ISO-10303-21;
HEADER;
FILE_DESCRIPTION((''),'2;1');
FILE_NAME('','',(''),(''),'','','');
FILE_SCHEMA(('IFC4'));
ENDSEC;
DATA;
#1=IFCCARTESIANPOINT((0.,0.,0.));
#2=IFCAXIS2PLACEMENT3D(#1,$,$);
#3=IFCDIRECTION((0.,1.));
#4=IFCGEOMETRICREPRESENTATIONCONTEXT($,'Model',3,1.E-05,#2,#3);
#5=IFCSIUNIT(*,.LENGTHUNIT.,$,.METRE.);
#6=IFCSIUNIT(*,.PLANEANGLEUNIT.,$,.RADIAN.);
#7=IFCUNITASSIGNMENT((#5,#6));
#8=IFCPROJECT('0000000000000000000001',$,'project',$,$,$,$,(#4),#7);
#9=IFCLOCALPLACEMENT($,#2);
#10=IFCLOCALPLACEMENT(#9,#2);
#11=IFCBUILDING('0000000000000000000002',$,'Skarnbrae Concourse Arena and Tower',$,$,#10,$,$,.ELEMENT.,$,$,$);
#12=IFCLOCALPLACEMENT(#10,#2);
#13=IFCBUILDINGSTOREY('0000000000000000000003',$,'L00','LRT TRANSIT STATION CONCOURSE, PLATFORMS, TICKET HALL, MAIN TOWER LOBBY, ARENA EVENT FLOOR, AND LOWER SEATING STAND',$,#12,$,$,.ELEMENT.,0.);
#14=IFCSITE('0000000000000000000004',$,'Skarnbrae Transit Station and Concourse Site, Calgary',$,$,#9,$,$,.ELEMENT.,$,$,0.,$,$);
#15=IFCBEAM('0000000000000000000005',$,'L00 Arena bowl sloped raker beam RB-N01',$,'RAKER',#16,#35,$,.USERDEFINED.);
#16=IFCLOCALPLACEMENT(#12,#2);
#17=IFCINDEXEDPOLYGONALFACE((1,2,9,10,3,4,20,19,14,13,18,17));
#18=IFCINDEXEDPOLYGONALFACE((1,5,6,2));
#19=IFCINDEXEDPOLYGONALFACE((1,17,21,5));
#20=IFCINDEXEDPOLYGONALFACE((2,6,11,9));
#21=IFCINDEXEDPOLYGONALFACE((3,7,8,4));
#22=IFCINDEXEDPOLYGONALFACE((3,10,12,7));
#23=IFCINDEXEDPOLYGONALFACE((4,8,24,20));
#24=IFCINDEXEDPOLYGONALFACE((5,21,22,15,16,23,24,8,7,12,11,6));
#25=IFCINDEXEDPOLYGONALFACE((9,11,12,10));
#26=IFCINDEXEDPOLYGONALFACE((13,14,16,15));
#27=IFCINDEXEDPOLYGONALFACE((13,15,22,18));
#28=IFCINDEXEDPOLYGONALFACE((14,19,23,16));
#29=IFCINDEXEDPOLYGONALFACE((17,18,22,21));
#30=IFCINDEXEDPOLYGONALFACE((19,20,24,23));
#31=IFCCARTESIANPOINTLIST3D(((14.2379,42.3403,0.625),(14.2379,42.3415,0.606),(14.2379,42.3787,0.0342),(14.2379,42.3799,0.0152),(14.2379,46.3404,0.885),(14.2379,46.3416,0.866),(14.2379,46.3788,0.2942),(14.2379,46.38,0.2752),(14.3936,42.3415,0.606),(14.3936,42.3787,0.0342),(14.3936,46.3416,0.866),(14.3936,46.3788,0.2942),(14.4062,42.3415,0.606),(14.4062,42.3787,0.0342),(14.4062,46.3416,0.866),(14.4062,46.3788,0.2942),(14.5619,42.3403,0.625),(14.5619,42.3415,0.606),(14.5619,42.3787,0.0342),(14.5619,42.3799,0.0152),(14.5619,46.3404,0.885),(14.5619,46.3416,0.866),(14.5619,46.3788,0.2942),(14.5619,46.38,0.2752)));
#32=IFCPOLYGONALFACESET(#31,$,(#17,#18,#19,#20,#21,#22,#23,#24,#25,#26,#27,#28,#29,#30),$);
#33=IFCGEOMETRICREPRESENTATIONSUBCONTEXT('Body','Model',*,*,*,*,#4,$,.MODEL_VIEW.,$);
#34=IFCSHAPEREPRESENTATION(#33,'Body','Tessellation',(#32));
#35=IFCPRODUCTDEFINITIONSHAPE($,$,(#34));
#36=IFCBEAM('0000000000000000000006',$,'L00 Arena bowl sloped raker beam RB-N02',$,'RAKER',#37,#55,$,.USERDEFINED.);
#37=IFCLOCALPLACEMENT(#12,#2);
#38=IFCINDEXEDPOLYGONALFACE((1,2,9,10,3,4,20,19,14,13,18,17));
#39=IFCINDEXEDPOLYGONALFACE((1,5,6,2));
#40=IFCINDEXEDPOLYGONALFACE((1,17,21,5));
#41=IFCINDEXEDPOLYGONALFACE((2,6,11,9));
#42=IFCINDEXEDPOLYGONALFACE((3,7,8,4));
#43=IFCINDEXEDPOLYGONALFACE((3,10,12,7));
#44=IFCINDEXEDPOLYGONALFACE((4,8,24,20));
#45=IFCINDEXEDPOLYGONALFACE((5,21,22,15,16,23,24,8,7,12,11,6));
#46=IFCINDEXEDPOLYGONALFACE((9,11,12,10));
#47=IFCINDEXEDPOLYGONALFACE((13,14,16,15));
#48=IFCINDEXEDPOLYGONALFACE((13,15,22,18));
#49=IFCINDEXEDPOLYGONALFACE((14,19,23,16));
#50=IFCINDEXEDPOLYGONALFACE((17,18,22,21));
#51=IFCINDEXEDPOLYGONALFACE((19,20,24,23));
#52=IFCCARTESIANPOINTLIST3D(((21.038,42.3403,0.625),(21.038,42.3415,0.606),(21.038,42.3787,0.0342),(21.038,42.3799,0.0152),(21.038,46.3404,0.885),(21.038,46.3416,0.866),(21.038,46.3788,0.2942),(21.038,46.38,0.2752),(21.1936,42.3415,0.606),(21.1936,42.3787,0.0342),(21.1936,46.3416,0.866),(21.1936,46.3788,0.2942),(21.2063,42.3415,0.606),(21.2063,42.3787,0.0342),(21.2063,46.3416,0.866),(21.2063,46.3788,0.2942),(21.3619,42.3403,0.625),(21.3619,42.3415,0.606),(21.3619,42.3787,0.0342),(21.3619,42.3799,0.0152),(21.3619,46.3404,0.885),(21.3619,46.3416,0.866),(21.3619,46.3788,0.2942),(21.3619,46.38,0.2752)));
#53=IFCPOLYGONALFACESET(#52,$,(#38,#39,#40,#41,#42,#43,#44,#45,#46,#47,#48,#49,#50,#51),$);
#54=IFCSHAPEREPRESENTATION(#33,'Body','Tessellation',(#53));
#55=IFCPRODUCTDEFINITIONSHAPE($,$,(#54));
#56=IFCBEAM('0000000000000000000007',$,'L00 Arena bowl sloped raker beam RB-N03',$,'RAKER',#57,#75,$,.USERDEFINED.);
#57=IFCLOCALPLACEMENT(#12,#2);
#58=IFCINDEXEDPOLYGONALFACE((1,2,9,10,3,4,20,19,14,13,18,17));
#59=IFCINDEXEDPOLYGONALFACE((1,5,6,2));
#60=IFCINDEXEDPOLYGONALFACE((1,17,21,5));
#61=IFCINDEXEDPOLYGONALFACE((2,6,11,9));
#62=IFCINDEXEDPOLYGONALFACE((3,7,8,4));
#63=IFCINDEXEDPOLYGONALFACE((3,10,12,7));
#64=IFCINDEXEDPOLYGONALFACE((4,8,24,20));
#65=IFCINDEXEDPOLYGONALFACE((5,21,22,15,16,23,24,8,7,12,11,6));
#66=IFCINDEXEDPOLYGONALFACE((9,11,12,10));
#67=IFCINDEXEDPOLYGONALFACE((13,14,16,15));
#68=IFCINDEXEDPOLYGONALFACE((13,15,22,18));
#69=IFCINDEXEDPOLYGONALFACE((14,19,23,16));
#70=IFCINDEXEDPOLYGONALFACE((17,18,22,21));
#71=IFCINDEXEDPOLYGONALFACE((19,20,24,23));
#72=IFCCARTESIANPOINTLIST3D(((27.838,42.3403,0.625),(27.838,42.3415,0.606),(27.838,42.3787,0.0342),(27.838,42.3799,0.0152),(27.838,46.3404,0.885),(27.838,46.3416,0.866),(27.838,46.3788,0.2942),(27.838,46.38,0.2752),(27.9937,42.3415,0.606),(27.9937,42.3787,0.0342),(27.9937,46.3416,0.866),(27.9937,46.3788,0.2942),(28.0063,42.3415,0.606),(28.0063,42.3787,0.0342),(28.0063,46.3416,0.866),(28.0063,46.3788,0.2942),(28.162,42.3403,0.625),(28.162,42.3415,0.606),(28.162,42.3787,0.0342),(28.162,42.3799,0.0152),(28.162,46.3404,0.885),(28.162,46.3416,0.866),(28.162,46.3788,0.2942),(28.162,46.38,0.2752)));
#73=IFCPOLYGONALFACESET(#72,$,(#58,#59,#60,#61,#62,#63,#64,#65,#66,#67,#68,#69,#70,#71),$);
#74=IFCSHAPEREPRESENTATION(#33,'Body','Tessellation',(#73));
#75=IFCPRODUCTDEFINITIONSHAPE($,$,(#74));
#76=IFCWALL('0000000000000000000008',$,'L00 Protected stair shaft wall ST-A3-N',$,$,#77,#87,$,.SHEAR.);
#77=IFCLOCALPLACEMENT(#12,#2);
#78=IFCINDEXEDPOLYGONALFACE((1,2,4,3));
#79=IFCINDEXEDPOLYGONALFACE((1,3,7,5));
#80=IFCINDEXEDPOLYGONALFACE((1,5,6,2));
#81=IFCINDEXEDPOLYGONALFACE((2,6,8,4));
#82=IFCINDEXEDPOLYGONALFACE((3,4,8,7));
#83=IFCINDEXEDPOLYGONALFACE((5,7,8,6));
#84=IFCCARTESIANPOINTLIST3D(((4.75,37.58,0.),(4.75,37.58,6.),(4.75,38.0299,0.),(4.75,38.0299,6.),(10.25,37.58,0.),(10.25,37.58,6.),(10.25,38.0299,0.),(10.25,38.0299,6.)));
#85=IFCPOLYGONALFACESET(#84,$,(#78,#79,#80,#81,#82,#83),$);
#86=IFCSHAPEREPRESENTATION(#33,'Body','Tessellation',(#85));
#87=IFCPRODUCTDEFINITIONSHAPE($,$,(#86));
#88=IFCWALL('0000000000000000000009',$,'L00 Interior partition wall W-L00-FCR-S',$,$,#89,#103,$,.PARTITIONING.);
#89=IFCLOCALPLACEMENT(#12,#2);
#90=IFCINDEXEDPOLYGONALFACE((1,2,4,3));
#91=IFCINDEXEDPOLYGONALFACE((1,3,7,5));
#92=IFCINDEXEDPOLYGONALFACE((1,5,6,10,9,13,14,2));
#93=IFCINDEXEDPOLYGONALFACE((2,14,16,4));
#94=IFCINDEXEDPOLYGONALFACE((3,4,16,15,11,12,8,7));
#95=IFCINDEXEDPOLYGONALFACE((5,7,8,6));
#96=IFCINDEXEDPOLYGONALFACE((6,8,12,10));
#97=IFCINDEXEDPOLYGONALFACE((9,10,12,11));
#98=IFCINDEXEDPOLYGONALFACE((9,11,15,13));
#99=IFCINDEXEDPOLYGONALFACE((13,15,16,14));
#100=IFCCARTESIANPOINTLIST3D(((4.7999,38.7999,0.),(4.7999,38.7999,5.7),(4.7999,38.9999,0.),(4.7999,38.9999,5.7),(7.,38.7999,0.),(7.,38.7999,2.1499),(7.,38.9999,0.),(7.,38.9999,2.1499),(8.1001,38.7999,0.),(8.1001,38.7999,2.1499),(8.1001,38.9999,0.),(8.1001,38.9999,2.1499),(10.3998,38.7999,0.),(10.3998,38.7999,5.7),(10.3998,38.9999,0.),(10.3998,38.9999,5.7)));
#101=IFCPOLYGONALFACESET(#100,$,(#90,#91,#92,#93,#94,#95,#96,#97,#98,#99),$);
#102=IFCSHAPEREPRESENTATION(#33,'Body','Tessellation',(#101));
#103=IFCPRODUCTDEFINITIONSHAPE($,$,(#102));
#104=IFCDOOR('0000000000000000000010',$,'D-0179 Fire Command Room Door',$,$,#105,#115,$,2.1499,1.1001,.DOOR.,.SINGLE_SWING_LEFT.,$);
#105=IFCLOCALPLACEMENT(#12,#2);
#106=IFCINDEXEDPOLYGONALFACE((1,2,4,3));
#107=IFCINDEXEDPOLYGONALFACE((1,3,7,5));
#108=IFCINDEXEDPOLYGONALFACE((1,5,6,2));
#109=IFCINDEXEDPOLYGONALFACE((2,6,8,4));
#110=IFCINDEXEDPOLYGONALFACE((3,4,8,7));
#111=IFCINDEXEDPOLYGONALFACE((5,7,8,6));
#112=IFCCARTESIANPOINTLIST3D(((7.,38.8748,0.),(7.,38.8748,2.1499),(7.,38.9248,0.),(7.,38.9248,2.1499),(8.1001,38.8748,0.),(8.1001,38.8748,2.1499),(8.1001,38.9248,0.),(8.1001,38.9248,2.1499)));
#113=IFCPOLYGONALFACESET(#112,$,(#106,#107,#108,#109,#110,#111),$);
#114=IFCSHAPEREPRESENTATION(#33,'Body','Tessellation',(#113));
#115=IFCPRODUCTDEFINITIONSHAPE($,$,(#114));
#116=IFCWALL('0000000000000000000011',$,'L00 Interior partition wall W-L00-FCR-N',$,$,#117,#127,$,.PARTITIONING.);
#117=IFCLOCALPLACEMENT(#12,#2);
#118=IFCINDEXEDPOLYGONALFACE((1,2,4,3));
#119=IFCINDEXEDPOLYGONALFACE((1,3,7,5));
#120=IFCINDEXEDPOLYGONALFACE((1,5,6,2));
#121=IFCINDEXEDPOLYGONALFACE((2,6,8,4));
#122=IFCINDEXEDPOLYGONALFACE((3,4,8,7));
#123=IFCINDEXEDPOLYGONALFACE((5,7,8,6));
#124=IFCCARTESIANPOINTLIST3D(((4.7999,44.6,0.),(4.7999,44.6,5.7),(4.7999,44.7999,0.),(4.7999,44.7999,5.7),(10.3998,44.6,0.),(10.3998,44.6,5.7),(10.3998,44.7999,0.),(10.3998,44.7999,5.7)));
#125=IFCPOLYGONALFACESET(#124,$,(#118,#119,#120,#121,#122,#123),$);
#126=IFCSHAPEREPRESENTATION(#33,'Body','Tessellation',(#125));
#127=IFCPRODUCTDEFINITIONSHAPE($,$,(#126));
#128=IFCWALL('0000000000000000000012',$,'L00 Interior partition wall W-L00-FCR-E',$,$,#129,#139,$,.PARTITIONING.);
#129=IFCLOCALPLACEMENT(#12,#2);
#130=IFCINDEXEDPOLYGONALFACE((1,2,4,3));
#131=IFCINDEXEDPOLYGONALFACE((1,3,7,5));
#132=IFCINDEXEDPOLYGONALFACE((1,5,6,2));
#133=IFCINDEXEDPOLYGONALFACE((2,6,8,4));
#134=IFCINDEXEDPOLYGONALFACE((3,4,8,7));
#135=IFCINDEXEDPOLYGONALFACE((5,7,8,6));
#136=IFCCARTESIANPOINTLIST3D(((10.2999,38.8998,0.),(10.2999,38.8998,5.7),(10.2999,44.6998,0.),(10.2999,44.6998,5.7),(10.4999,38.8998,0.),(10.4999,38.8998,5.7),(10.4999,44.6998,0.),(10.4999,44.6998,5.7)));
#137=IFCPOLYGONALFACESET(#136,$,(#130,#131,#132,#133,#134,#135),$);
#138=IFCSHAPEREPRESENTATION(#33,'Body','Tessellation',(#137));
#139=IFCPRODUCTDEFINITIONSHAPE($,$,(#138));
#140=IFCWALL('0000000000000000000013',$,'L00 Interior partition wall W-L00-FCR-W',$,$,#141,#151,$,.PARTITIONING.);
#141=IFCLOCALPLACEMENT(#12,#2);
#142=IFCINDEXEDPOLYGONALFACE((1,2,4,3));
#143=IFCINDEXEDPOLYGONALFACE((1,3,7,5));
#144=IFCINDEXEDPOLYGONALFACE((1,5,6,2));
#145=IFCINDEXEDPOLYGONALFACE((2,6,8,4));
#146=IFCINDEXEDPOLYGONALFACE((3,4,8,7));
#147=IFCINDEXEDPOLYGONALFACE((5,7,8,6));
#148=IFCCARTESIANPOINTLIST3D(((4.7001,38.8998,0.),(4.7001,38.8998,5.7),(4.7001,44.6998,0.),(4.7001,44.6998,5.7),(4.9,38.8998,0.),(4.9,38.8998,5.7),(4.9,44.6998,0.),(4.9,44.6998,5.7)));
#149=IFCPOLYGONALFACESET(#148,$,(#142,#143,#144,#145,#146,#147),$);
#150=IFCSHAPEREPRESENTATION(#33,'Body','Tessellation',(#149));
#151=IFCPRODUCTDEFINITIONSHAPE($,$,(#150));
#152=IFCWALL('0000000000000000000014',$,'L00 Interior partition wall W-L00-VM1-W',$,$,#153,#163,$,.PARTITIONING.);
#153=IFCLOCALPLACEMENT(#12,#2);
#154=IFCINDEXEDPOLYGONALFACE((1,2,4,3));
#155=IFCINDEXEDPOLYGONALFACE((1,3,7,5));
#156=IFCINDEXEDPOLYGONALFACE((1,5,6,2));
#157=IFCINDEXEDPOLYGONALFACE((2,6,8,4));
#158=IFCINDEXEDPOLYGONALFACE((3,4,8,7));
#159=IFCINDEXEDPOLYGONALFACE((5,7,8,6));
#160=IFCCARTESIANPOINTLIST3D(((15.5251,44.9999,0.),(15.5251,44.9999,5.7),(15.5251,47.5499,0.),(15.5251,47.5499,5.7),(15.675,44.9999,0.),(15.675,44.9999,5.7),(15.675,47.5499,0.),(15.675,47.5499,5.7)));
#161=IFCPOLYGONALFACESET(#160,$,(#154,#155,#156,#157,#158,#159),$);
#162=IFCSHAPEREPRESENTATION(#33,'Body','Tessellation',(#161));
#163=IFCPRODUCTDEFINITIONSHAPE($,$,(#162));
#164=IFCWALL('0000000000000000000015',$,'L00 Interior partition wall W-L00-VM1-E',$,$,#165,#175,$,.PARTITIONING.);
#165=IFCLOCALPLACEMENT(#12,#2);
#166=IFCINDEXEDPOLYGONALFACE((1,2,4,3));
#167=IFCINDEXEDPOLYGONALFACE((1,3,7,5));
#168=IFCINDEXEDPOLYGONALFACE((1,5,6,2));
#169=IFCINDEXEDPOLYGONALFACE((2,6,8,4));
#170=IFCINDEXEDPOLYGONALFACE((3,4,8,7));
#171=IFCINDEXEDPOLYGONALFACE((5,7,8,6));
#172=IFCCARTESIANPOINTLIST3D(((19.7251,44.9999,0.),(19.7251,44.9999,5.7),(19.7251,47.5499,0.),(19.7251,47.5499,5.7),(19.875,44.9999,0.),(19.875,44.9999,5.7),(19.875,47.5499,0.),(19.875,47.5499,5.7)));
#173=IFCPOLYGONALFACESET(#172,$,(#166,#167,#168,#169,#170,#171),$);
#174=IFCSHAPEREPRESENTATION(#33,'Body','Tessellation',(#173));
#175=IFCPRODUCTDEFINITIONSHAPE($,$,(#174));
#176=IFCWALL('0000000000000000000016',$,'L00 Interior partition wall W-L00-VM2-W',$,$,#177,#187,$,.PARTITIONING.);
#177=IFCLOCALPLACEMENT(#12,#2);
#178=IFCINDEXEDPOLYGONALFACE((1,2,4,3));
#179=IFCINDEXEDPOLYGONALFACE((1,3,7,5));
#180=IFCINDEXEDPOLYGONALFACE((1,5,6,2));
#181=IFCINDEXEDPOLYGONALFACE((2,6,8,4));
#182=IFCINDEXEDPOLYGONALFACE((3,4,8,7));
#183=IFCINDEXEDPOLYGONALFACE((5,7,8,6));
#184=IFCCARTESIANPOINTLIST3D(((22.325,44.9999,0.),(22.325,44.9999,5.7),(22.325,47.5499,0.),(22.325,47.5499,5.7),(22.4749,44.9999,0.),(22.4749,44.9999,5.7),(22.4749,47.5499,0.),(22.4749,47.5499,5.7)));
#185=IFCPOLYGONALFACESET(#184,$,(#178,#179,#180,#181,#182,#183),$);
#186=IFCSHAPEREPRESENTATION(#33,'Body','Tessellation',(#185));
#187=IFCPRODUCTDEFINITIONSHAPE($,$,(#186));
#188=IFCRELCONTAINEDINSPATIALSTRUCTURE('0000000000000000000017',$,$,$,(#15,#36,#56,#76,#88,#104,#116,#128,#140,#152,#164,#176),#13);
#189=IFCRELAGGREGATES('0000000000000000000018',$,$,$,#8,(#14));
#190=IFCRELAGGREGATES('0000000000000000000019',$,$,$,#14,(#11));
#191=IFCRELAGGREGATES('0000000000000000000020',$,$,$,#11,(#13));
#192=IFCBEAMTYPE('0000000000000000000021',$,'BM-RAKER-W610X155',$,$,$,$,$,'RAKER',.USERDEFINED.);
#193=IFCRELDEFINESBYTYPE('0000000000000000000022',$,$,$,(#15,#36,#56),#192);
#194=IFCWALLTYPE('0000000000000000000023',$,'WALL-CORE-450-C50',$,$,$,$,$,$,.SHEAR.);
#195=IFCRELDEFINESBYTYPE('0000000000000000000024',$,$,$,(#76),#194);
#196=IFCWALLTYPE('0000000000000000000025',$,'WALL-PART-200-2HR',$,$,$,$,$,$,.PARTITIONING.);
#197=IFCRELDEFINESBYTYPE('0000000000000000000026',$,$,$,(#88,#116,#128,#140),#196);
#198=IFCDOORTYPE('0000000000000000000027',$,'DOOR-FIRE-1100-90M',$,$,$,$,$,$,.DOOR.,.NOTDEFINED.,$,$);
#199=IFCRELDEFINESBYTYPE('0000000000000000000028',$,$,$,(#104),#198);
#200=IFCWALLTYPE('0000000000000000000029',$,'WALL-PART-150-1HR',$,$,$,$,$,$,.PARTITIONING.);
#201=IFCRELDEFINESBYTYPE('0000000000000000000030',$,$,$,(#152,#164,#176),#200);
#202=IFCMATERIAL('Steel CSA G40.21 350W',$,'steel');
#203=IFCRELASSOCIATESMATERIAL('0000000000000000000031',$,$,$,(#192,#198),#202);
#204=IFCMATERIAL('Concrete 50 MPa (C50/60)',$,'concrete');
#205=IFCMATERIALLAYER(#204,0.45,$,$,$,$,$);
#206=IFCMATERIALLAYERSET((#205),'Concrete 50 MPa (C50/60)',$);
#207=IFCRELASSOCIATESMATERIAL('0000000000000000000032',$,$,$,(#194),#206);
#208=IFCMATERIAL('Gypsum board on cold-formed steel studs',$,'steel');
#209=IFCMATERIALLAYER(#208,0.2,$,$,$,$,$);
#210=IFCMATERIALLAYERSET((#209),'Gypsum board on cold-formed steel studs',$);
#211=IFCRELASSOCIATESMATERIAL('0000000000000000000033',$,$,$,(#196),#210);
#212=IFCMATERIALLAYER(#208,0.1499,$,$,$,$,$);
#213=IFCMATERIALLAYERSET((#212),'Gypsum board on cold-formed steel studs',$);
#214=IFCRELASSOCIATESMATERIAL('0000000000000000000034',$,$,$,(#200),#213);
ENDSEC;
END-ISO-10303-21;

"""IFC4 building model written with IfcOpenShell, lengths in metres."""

from ifc_helpers import new_model, si_unit, direction, frame, frame_2d, origin, origin_2d, place, context, subcontext, project, spatial, rectangle, i_section, extrude, source, transform, mapped, material, layer, layer_set, material_profile, profile_set, type_object, element, fill, save


model = new_model("IFC4")

# Units and contexts
model_context = context("Model", 3, precision=1e-05, world=origin(), true_north=direction((0.0, 1.0)))
body_context = subcontext(model_context, "Body", "Model", "MODEL_VIEW")
ifc_project = project(units=[si_unit("LENGTHUNIT", "METRE"), si_unit("PLANEANGLEUNIT", "RADIAN")], contexts=[model_context])

# Site, building, storey
site_placement = place(None, origin())
site = spatial("IfcSite", under=ifc_project, at=site_placement, Name="Skarnbrae Transit Station and Concourse Site, Calgary", CompositionType="ELEMENT", RefElevation=0.0)
building_placement = place(site_placement, origin())
building = spatial("IfcBuilding", under=site, at=building_placement, Name="Skarnbrae Concourse Arena and Tower", CompositionType="ELEMENT")
storey_placement = place(building_placement, origin())
storey = spatial("IfcBuildingStorey", under=building, at=storey_placement, Name="L00", Description="LRT TRANSIT STATION CONCOURSE, PLATFORMS, TICKET HALL, MAIN TOWER LOBBY, ARENA EVENT FLOOR, AND LOWER SEATING STAND", CompositionType="ELEMENT", Elevation=0.0)

# Shared definitions
ifc_material_1 = material(Name="Steel CSA G40.21 350W", Category="steel")

# Beams
ifc_material_profile_1 = material_profile(ifc_material_1, i_section(OverallWidth=0.324, OverallDepth=0.6111, WebThickness=0.0127, FlangeThickness=0.019, at=origin_2d()), Name="W610X155")
ifc_profile_set_1 = profile_set([ifc_material_profile_1], Name="Steel CSA G40.21 350W")
beam_type_1 = type_object("IfcBeamType", Name="BM-RAKER-W610X155", ElementType="RAKER", PredefinedType="USERDEFINED", material=ifc_profile_set_1)
shared_shape_1 = source(origin(), body_context, "Body", "SweptSolid", [
    extrude(i_section(OverallWidth=0.324, OverallDepth=0.6111, WebThickness=0.0127, FlangeThickness=0.019, at=origin_2d()), origin(), (0.0, 0.0, 1.0), 4.0085),
])
for number, where, z_axis, x_axis, name in (
    (1, (14.3999, 42.3601, 0.3201), (0.0, 0.997894, 0.064866), (-1.0, 0.0, 0.0), "L00 Arena bowl sloped raker beam RB-N01"),
    (2, (21.2, 42.3601, 0.3201), (0.0, 0.997894, 0.064866), (-1.0, 0.0, 0.0), "L00 Arena bowl sloped raker beam RB-N02"),
    (3, (28.0, 42.3601, 0.3201), (0.0, 0.997894, 0.064866), (-1.0, 0.0, 0.0), "L00 Arena bowl sloped raker beam RB-N03"),
):
    element("IfcBeam", number, at=place(storey_placement, frame(where, z_axis=z_axis, x_axis=x_axis)), inside=storey, type_object=beam_type_1, Name=name, ObjectType="RAKER", PredefinedType="USERDEFINED", context=body_context, shape_type="MappedRepresentation", body=[
        mapped(shared_shape_1, transform((0.0, 0.0, 0.0))),
    ])

# Wall
ifc_material_2 = material(Name="Concrete 50 MPa (C50/60)", Category="concrete")
ifc_layer_1 = layer(ifc_material_2, 0.45)
ifc_layer_set_1 = layer_set([ifc_layer_1], Name="Concrete 50 MPa (C50/60)")
wall_type_1 = type_object("IfcWallType", Name="WALL-CORE-450-C50", PredefinedType="SHEAR", material=ifc_layer_set_1)
shared_shape_2 = source(origin(), body_context, "Body", "SweptSolid", [
    extrude(rectangle(XDim=5.5, YDim=0.45, at=frame_2d((2.75, 0.0))), origin(), (0.0, 0.0, 1.0), 6.0),
])
wall_1_placement = place(storey_placement, frame((4.75, 37.8049, 0.0), z_axis=(0.0, 0.0, 1.0), x_axis=(1.0, 0.0, 0.0)))
element("IfcWall", 4, at=wall_1_placement, inside=storey, type_object=wall_type_1, Name="L00 Protected stair shaft wall ST-A3-N", PredefinedType="SHEAR", context=body_context, shape_type="MappedRepresentation", body=[
    mapped(shared_shape_2, transform((0.0, 0.0, 0.0))),
])

# Wall, opening, door
ifc_material_3 = material(Name="Gypsum board on cold-formed steel studs", Category="steel")
ifc_layer_2 = layer(ifc_material_3, 0.2)
ifc_layer_set_2 = layer_set([ifc_layer_2], Name="Gypsum board on cold-formed steel studs")
wall_type_2 = type_object("IfcWallType", Name="WALL-PART-200-2HR", PredefinedType="PARTITIONING", material=ifc_layer_set_2)
shared_shape_3 = source(origin(), body_context, "Body", "SweptSolid", [
    extrude(rectangle(XDim=5.5999, YDim=0.2, at=frame_2d((2.7998, 0.0))), origin(), (0.0, 0.0, 1.0), 5.7),
])
wall_2_placement = place(storey_placement, frame((4.8, 38.8999, 0.0), z_axis=(0.0, 0.0, 1.0), x_axis=(1.0, 0.0, 0.0)))
wall_2 = element("IfcWall", 5, at=wall_2_placement, inside=storey, type_object=wall_type_2, Name="L00 Interior partition wall W-L00-FCR-S", PredefinedType="PARTITIONING", context=body_context, shape_type="MappedRepresentation", body=[
    mapped(shared_shape_3, transform((0.0, 0.0, 0.0))),
])
opening_placement = place(wall_2_placement, frame((2.2, 0.0, 0.0)))
opening = element("IfcOpeningElement", 6, at=opening_placement, cuts=wall_2, PredefinedType="OPENING", context=body_context, shape_type="SweptSolid", body=[
    extrude(rectangle(XDim=1.1001, YDim=2.1499, at=frame_2d((0.55, 1.075))), frame((0.0, 0.1099, 0.0), z_axis=(0.0, -1.0, 0.0), x_axis=(1.0, 0.0, 0.0)), (0.0, 0.0, 1.0), 0.22),
])
door_type = type_object("IfcDoorType", Name="DOOR-FIRE-1100-90M", OperationType="NOTDEFINED", PredefinedType="DOOR", material=ifc_material_1)
shared_shape_4 = source(origin(), body_context, "Body", "SweptSolid", [
    extrude(rectangle(XDim=1.1001, YDim=2.1499, at=frame_2d((0.55, 1.075))), frame((0.0, 0.0249, 0.0), z_axis=(0.0, -1.0, 0.0), x_axis=(1.0, 0.0, 0.0)), (0.0, 0.0, 1.0), 0.05),
])
door_placement = place(opening_placement, origin())
door = element("IfcDoor", 7, at=door_placement, inside=storey, type_object=door_type, Name="D-0179 Fire Command Room Door", OperationType="SINGLE_SWING_LEFT", OverallHeight=2.1499, OverallWidth=1.1001, PredefinedType="DOOR", context=body_context, shape_type="MappedRepresentation", body=[
    mapped(shared_shape_4, transform((0.0, 0.0, 0.0))),
])
fill(opening, door)

# Walls
wall_3_placement = place(storey_placement, frame((4.8, 44.7, 0.0), z_axis=(0.0, 0.0, 1.0), x_axis=(1.0, 0.0, 0.0)))
element("IfcWall", 8, at=wall_3_placement, inside=storey, type_object=wall_type_2, Name="L00 Interior partition wall W-L00-FCR-N", PredefinedType="PARTITIONING", context=body_context, shape_type="MappedRepresentation", body=[
    mapped(shared_shape_3, transform((0.0, 0.0, 0.0))),
])
shared_shape_5 = source(origin(), body_context, "Body", "SweptSolid", [
    extrude(rectangle(XDim=5.8, YDim=0.2, at=frame_2d((2.8999, 0.0))), origin(), (0.0, 0.0, 1.0), 5.7),
])
for number, where, z_axis, x_axis, name in (
    (9, (10.3999, 38.8999, 0.0), (0.0, 0.0, 1.0), (0.0, 1.0, 0.0), "L00 Interior partition wall W-L00-FCR-E"),
    (10, (4.8, 38.8999, 0.0), (0.0, 0.0, 1.0), (0.0, 1.0, 0.0), "L00 Interior partition wall W-L00-FCR-W"),
):
    element("IfcWall", number, at=place(storey_placement, frame(where, z_axis=z_axis, x_axis=x_axis)), inside=storey, type_object=wall_type_2, Name=name, PredefinedType="PARTITIONING", context=body_context, shape_type="MappedRepresentation", body=[
        mapped(shared_shape_5, transform((0.0, 0.0, 0.0))),
    ])
ifc_layer_3 = layer(ifc_material_3, 0.1499)
ifc_layer_set_3 = layer_set([ifc_layer_3], Name="Gypsum board on cold-formed steel studs")
wall_type_3 = type_object("IfcWallType", Name="WALL-PART-150-1HR", PredefinedType="PARTITIONING", material=ifc_layer_set_3)
shared_shape_6 = source(origin(), body_context, "Body", "SweptSolid", [
    extrude(rectangle(XDim=2.55, YDim=0.1499, at=frame_2d((1.2749, 0.0))), origin(), (0.0, 0.0, 1.0), 5.7),
])
for number, where, z_axis, x_axis, name in (
    (11, (15.6001, 45.0, 0.0), (0.0, 0.0, 1.0), (0.0, 1.0, 0.0), "L00 Interior partition wall W-L00-VM1-W"),
    (12, (19.8, 45.0, 0.0), (0.0, 0.0, 1.0), (0.0, 1.0, 0.0), "L00 Interior partition wall W-L00-VM1-E"),
    (13, (22.3999, 45.0, 0.0), (0.0, 0.0, 1.0), (0.0, 1.0, 0.0), "L00 Interior partition wall W-L00-VM2-W"),
):
    element("IfcWall", number, at=place(storey_placement, frame(where, z_axis=z_axis, x_axis=x_axis)), inside=storey, type_object=wall_type_3, Name=name, PredefinedType="PARTITIONING", context=body_context, shape_type="MappedRepresentation", body=[
        mapped(shared_shape_6, transform((0.0, 0.0, 0.0))),
    ])

save(model, "model.ifc")
